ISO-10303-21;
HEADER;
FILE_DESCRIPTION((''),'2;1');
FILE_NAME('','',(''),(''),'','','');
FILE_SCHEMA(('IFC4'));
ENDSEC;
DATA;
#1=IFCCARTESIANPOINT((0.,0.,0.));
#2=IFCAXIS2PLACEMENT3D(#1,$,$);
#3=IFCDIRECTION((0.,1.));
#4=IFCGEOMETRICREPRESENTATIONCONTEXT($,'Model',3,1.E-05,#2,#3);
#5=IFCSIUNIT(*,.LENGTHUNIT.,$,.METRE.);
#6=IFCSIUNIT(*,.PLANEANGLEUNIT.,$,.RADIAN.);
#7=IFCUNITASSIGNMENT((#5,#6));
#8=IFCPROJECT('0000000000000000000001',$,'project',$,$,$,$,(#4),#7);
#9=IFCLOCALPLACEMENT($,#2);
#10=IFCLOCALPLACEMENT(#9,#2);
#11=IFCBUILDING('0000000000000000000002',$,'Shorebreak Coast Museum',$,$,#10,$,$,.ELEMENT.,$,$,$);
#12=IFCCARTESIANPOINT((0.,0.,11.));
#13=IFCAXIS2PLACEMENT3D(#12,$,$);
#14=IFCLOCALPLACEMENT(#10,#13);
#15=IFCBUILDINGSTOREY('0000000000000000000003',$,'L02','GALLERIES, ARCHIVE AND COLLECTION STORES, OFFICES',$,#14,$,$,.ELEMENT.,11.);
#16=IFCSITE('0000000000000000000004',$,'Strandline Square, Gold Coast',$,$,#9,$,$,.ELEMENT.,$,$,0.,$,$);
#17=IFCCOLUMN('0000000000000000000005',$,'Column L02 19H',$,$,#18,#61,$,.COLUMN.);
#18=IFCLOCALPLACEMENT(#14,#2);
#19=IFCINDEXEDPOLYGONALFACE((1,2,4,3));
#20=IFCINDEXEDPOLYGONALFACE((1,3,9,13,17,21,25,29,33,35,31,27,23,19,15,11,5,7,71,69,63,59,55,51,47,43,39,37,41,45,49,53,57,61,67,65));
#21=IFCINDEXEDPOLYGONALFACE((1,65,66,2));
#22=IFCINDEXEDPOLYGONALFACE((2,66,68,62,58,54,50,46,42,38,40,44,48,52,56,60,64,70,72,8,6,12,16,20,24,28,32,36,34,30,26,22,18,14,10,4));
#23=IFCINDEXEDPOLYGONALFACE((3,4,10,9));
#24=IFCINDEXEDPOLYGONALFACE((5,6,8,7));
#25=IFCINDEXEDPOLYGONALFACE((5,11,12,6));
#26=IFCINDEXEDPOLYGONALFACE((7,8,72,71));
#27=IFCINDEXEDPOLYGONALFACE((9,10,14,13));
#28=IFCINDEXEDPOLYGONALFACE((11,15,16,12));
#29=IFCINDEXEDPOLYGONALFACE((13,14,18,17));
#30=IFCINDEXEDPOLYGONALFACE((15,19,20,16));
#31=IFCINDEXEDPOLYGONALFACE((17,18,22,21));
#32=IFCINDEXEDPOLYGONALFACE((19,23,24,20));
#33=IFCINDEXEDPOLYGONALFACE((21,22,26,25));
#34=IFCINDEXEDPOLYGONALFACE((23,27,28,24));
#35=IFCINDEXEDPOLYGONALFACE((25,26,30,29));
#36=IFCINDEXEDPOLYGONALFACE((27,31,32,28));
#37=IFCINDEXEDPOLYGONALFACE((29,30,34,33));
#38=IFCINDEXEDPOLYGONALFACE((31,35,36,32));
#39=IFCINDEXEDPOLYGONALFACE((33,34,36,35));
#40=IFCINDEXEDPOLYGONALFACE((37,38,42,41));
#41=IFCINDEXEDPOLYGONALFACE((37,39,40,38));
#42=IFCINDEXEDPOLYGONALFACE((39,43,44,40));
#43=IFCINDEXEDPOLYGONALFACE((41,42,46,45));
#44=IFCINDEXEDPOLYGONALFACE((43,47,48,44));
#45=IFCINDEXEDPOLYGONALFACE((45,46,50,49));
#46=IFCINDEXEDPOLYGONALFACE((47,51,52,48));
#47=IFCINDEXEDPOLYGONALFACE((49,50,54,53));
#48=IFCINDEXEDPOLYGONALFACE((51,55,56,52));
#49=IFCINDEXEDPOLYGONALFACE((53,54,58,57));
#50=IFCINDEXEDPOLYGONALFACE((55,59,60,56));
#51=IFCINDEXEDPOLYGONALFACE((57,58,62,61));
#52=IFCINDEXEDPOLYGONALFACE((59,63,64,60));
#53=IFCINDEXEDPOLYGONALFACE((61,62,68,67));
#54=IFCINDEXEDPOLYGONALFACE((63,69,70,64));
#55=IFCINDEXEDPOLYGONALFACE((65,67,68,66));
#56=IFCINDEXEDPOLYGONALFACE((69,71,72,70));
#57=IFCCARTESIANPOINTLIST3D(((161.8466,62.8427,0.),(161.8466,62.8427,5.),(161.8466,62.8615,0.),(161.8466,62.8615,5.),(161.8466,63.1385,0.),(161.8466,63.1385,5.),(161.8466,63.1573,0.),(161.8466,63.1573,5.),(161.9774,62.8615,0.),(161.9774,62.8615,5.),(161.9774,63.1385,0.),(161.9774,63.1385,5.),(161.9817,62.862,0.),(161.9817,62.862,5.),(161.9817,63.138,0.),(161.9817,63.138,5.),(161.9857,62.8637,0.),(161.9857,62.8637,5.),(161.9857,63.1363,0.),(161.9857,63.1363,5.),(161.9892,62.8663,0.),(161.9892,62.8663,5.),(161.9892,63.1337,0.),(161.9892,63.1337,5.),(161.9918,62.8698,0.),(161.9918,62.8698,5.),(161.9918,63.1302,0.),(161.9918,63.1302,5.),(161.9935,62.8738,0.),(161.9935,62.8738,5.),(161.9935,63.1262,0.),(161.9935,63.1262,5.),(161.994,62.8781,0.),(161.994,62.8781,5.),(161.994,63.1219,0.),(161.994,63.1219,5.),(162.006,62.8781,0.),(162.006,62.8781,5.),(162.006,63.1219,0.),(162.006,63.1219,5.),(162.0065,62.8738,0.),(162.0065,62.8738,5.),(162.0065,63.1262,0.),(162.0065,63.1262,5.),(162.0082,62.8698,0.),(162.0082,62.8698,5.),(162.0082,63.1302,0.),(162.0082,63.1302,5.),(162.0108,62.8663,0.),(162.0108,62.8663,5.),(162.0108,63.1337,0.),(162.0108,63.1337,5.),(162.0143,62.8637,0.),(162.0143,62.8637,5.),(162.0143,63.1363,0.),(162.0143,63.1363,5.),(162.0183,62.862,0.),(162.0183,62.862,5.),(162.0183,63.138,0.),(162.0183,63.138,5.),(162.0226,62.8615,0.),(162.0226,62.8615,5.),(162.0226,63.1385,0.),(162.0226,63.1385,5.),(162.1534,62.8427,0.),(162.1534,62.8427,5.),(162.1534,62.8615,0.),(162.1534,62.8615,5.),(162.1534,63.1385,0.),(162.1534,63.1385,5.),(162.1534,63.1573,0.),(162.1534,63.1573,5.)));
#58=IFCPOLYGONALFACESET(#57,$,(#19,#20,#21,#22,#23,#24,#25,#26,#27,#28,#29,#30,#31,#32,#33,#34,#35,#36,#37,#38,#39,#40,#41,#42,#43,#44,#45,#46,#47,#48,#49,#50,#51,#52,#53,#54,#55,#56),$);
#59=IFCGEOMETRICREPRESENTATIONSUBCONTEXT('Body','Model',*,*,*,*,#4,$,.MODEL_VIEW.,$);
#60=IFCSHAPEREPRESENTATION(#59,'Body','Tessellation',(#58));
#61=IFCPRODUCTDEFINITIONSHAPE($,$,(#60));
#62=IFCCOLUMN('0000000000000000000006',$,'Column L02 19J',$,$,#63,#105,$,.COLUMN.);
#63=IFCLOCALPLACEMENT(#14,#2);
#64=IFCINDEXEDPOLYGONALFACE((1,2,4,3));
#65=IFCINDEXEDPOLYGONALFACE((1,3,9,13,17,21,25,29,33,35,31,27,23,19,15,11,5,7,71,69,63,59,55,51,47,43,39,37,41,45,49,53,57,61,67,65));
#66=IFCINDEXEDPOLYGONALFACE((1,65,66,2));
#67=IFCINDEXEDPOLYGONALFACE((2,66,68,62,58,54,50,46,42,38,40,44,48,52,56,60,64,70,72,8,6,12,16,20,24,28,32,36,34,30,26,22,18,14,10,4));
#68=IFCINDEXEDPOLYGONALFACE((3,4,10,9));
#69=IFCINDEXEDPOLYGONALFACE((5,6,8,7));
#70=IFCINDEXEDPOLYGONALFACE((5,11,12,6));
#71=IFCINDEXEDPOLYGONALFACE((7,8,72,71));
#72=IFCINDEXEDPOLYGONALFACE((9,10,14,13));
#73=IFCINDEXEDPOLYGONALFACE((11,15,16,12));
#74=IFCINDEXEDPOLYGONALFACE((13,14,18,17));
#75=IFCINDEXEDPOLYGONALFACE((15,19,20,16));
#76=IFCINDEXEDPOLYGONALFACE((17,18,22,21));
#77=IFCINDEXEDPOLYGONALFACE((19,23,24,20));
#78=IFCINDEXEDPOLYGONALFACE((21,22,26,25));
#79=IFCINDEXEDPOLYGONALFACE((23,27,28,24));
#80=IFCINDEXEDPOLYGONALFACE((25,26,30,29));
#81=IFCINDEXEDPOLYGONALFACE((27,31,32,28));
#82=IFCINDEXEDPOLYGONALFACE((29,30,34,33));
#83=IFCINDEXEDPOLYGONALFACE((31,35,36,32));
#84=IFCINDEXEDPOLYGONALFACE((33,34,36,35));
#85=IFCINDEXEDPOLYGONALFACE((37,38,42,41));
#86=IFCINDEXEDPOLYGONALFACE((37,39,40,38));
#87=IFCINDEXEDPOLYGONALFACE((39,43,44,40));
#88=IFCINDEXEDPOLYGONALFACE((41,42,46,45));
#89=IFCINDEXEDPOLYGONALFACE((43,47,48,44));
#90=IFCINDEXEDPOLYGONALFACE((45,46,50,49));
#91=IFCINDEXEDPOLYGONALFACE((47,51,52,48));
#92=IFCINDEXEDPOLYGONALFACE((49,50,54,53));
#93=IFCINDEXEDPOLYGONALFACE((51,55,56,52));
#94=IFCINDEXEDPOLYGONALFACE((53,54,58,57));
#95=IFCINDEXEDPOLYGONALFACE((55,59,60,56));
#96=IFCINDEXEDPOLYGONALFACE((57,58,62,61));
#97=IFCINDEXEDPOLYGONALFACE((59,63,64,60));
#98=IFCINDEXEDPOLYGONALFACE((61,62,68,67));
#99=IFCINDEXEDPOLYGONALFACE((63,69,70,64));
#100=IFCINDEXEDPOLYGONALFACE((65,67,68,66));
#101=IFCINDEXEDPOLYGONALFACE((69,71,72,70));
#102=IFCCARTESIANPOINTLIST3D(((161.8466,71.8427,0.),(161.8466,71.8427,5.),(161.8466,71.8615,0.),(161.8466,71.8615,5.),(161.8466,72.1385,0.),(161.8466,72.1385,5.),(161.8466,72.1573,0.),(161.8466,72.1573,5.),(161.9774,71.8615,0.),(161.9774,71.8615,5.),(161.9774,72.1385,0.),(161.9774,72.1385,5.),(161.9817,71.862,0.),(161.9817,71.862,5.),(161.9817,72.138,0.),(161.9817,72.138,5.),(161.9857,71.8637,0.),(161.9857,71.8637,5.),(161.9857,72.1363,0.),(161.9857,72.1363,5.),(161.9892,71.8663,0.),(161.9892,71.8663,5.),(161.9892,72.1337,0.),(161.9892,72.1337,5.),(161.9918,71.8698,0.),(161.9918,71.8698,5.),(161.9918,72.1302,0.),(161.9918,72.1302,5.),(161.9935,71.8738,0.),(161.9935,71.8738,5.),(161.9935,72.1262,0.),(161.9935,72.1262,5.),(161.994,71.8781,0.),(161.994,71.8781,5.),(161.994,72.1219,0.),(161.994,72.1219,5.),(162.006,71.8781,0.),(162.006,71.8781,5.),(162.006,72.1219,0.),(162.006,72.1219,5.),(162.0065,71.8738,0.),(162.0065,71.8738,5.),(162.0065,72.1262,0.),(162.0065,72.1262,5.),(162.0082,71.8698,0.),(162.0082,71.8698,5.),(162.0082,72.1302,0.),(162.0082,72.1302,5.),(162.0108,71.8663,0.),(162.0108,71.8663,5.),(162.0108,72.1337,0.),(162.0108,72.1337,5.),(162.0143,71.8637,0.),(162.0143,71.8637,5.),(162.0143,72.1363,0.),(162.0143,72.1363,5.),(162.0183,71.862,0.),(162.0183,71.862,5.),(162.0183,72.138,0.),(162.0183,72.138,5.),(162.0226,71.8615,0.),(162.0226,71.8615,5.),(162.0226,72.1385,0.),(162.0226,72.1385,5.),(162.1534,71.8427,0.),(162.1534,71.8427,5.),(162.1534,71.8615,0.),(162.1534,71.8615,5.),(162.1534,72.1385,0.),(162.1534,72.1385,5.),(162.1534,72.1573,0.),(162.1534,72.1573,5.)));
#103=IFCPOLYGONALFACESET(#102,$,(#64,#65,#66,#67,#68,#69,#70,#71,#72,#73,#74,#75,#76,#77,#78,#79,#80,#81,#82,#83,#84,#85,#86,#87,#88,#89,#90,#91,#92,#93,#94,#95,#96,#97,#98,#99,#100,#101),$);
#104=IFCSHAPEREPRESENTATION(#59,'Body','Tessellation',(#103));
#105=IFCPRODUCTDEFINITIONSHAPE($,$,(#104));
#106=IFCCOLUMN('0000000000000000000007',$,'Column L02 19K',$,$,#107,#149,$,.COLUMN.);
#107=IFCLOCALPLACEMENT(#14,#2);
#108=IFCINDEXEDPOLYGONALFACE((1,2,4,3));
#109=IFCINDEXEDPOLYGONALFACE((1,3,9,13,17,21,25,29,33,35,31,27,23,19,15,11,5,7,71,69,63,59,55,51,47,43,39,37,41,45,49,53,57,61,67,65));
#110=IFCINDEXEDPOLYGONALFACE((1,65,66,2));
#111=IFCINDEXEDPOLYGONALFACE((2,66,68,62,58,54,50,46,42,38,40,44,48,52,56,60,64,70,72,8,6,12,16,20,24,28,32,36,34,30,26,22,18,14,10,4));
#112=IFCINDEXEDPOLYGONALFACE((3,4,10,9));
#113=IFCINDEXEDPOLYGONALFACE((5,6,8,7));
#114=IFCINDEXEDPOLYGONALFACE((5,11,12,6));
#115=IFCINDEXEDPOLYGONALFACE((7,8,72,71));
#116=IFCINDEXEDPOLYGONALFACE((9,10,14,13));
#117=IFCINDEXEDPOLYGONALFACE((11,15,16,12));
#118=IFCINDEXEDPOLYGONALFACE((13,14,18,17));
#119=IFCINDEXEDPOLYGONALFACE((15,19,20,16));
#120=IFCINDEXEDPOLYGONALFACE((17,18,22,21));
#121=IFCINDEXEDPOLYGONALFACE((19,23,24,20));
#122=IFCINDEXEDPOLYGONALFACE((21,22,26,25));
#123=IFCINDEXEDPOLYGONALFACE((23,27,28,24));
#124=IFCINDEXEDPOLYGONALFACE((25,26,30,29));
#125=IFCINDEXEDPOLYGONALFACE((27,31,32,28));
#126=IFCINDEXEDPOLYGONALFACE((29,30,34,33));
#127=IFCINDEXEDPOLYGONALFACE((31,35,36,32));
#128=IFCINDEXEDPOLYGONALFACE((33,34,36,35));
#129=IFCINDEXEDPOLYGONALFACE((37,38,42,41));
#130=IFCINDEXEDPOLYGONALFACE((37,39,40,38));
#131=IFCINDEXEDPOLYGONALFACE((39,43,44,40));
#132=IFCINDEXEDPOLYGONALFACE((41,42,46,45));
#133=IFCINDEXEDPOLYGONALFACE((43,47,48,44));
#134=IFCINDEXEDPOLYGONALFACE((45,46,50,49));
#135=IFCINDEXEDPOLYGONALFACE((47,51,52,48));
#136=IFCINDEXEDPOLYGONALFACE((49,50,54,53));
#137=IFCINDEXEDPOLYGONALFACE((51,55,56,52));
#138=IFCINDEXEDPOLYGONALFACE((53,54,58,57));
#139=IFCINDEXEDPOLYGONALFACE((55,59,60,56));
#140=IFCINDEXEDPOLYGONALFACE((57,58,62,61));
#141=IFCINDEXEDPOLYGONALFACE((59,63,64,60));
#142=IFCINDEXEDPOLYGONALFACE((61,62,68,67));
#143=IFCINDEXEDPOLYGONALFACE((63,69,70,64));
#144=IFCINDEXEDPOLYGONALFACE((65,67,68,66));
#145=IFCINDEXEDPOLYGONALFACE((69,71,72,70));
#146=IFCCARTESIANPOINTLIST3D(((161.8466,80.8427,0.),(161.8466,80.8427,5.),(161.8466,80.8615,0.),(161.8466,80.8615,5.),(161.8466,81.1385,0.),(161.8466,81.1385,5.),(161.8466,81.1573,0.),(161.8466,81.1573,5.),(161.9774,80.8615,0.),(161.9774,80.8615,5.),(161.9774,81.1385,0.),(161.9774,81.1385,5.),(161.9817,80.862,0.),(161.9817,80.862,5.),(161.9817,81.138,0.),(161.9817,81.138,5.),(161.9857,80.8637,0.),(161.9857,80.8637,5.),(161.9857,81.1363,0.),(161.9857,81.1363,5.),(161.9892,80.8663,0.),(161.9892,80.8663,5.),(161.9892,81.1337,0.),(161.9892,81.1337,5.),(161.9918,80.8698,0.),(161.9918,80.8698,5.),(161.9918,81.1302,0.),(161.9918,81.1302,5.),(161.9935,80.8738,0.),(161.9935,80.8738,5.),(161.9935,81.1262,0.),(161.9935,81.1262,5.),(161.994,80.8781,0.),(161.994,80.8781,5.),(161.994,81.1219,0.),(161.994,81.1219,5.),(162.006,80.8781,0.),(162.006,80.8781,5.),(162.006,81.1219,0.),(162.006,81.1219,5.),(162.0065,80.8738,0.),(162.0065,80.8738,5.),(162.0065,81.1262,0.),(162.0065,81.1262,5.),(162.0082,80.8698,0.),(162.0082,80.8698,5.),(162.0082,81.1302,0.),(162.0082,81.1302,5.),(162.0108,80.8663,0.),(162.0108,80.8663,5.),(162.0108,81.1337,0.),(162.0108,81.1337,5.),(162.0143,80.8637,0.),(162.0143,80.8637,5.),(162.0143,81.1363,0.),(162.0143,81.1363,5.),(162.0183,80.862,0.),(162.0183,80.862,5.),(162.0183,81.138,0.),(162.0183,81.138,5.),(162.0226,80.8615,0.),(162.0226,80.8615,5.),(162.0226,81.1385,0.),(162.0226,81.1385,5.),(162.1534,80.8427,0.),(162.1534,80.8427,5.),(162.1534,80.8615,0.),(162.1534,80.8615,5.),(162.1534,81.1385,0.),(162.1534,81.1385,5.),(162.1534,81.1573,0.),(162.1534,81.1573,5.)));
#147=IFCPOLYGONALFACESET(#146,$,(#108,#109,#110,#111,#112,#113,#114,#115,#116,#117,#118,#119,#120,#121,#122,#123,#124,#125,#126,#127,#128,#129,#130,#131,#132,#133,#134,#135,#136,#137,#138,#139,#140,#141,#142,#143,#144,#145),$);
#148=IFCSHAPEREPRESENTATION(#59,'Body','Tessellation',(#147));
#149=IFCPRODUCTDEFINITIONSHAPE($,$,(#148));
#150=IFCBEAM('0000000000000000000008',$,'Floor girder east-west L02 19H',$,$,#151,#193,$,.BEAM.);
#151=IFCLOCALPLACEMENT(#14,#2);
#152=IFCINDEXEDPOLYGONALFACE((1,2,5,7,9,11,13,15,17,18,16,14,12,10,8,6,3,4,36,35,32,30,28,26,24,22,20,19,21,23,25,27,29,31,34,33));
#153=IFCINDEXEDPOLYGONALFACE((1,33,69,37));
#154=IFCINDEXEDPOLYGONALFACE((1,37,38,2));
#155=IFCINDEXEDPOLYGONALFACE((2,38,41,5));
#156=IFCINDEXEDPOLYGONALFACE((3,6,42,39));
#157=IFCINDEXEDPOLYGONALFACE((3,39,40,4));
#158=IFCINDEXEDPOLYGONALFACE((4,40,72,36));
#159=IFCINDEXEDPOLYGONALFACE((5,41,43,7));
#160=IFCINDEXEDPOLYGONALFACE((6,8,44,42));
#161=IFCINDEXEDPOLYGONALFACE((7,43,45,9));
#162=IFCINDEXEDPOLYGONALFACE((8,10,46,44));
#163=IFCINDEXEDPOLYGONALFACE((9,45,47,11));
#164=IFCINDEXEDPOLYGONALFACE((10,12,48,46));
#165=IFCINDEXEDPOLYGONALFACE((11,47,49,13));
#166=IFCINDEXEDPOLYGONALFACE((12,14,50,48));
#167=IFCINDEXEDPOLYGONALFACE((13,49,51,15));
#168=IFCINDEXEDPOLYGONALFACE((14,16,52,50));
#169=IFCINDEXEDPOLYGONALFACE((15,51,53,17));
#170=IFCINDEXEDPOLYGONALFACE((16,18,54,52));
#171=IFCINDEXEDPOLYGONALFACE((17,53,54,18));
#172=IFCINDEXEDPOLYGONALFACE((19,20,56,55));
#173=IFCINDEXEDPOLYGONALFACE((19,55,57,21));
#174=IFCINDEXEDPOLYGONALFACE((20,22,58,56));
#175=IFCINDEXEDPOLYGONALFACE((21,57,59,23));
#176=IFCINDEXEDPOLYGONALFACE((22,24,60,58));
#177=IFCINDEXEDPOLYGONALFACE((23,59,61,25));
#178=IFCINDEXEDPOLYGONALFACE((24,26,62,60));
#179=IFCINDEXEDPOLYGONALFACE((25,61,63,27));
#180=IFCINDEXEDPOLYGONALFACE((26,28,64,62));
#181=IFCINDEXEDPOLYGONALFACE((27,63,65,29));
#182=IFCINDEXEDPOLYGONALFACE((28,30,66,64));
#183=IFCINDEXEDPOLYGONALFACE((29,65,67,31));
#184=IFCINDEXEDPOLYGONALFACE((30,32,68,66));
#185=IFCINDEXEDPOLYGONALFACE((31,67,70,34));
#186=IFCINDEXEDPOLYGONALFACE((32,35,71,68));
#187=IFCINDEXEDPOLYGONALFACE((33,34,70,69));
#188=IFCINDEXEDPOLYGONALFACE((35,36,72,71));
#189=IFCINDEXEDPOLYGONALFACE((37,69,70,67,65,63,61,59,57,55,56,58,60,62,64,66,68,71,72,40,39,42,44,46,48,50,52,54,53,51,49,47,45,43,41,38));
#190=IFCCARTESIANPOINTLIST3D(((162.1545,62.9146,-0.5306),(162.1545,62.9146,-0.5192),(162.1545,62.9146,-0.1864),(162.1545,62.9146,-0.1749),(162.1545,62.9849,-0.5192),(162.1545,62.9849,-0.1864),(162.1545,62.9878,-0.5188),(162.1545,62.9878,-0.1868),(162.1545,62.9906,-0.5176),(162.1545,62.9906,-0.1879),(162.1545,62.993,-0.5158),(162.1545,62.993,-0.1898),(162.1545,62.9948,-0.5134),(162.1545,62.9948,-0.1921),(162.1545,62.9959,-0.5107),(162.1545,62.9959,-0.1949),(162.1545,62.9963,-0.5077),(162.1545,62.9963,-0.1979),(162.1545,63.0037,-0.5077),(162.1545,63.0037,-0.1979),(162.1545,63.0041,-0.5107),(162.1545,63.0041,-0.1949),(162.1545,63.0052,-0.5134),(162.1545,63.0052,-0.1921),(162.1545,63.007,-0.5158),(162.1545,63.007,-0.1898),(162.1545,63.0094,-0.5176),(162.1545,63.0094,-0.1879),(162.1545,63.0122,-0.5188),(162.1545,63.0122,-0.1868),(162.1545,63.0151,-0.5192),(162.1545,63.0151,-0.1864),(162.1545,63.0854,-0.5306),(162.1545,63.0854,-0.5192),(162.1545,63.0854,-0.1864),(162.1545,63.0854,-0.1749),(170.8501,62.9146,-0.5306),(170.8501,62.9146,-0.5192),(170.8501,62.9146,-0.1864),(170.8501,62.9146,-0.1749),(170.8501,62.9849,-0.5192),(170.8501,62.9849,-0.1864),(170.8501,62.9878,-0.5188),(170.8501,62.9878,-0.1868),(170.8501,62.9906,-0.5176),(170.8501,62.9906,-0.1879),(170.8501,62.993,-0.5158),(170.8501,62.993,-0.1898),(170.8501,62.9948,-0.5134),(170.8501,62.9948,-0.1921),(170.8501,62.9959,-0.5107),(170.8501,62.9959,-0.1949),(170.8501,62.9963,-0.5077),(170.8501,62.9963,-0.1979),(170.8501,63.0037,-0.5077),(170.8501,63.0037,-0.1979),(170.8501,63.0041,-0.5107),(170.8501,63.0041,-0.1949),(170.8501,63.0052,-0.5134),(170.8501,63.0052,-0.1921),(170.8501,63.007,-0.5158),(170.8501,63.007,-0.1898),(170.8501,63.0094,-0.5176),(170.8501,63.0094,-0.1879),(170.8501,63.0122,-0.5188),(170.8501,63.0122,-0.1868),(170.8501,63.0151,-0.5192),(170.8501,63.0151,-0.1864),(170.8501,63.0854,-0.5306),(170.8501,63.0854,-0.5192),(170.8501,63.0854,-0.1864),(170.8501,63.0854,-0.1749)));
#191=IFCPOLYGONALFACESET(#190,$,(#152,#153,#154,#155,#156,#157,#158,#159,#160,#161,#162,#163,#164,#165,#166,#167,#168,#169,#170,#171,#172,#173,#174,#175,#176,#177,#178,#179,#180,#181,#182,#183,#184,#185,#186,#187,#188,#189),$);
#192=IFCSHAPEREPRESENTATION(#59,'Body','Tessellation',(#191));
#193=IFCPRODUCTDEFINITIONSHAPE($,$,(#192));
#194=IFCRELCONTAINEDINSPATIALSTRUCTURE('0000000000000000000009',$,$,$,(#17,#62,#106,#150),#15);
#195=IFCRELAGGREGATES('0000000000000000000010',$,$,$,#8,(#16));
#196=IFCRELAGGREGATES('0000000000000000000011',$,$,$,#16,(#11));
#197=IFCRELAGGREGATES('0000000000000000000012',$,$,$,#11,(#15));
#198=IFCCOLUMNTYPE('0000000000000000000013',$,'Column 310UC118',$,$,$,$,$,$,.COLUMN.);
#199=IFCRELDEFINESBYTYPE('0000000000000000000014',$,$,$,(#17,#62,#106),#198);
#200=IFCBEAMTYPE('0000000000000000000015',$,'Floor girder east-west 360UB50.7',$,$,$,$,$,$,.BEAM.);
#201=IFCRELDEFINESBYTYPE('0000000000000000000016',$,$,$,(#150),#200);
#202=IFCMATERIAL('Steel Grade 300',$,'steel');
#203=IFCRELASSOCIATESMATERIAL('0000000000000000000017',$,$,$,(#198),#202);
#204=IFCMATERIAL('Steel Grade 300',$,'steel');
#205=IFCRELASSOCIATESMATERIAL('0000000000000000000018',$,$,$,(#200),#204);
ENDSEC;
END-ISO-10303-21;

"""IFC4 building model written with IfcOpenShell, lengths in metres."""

from ifc_helpers import new_model, si_unit, direction, frame, origin, origin_2d, place, context, subcontext, project, spatial, i_section, extrude, material, material_profile, profile_set, type_object, element, save


model = new_model("IFC4")

# Units and contexts
model_context = context("Model", 3, precision=1e-05, world=origin(), true_north=direction((0.0, 1.0)))
body_context = subcontext(model_context, "Body", "Model", "MODEL_VIEW")
ifc_project = project(units=[si_unit("LENGTHUNIT", "METRE"), si_unit("PLANEANGLEUNIT", "RADIAN")], contexts=[model_context])

# Site, building, storey
site_placement = place(None, origin())
site = spatial("IfcSite", under=ifc_project, at=site_placement, Name="Strandline Square, Gold Coast", CompositionType="ELEMENT", RefElevation=0.0)
building_placement = place(site_placement, origin())
building = spatial("IfcBuilding", under=site, at=building_placement, Name="Shorebreak Coast Museum", CompositionType="ELEMENT")
storey_placement = place(building_placement, frame((0.0, 0.0, 11.0)))
storey = spatial("IfcBuildingStorey", under=building, at=storey_placement, Name="L02", Description="GALLERIES, ARCHIVE AND COLLECTION STORES, OFFICES", CompositionType="ELEMENT", Elevation=11.0)

# Columns
ifc_material_1 = material(Name="Steel Grade 300", Category="steel")
ifc_material_profile_1 = material_profile(ifc_material_1, i_section(OverallWidth=0.3069, OverallDepth=0.3147, WebThickness=0.012, FlangeThickness=0.0188, FilletRadius=0.0166, at=origin_2d()), Name="310UC118")
ifc_profile_set_1 = profile_set([ifc_material_profile_1], Name="Steel Grade 300")
column_type = type_object("IfcColumnType", Name="Column 310UC118", PredefinedType="COLUMN", material=ifc_profile_set_1)
for number, where, z_axis, x_axis, name in (
    (1, (162.0, 63.0, 0.0), (0.0, 0.0, 1.0), (1.0, 0.0, 0.0), "Column L02 19H"),
    (2, (162.0, 72.0, 0.0), (0.0, 0.0, 1.0), (1.0, 0.0, 0.0), "Column L02 19J"),
    (3, (162.0, 81.0, 0.0), (0.0, 0.0, 1.0), (1.0, 0.0, 0.0), "Column L02 19K"),
):
    element("IfcColumn", number, at=place(storey_placement, frame(where, z_axis=z_axis, x_axis=x_axis)), inside=storey, type_object=column_type, Name=name, PredefinedType="COLUMN", context=body_context, shape_type="SweptSolid", body=[
        extrude(i_section(OverallWidth=0.3069, OverallDepth=0.3147, WebThickness=0.012, FlangeThickness=0.0188, FilletRadius=0.0166, at=origin_2d()), origin(), (0.0, 0.0, 1.0), 5.0),
    ])

# Beam
ifc_material_2 = material(Name="Steel Grade 300", Category="steel")
ifc_material_profile_2 = material_profile(ifc_material_2, i_section(OverallWidth=0.1709, OverallDepth=0.3557, WebThickness=0.0073, FlangeThickness=0.0115, FilletRadius=0.0115, at=origin_2d()), Name="360UB50.7")
ifc_profile_set_2 = profile_set([ifc_material_profile_2], Name="Steel Grade 300")
beam_type_1 = type_object("IfcBeamType", Name="Floor girder east-west 360UB50.7", PredefinedType="BEAM", material=ifc_profile_set_2)
beam_placement = place(storey_placement, frame((162.1545, 63.0, -0.3528), z_axis=(1.0, 0.0, 0.0), x_axis=(0.0, 1.0, 0.0)))
element("IfcBeam", 4, at=beam_placement, inside=storey, type_object=beam_type_1, Name="Floor girder east-west L02 19H", PredefinedType="BEAM", context=body_context, shape_type="SweptSolid", body=[
    extrude(i_section(OverallWidth=0.1709, OverallDepth=0.3557, WebThickness=0.0073, FlangeThickness=0.0115, FilletRadius=0.0115, at=origin_2d()), origin(), (0.0, 0.0, 1.0), 8.6956),
])

save(model, "model.ifc")
